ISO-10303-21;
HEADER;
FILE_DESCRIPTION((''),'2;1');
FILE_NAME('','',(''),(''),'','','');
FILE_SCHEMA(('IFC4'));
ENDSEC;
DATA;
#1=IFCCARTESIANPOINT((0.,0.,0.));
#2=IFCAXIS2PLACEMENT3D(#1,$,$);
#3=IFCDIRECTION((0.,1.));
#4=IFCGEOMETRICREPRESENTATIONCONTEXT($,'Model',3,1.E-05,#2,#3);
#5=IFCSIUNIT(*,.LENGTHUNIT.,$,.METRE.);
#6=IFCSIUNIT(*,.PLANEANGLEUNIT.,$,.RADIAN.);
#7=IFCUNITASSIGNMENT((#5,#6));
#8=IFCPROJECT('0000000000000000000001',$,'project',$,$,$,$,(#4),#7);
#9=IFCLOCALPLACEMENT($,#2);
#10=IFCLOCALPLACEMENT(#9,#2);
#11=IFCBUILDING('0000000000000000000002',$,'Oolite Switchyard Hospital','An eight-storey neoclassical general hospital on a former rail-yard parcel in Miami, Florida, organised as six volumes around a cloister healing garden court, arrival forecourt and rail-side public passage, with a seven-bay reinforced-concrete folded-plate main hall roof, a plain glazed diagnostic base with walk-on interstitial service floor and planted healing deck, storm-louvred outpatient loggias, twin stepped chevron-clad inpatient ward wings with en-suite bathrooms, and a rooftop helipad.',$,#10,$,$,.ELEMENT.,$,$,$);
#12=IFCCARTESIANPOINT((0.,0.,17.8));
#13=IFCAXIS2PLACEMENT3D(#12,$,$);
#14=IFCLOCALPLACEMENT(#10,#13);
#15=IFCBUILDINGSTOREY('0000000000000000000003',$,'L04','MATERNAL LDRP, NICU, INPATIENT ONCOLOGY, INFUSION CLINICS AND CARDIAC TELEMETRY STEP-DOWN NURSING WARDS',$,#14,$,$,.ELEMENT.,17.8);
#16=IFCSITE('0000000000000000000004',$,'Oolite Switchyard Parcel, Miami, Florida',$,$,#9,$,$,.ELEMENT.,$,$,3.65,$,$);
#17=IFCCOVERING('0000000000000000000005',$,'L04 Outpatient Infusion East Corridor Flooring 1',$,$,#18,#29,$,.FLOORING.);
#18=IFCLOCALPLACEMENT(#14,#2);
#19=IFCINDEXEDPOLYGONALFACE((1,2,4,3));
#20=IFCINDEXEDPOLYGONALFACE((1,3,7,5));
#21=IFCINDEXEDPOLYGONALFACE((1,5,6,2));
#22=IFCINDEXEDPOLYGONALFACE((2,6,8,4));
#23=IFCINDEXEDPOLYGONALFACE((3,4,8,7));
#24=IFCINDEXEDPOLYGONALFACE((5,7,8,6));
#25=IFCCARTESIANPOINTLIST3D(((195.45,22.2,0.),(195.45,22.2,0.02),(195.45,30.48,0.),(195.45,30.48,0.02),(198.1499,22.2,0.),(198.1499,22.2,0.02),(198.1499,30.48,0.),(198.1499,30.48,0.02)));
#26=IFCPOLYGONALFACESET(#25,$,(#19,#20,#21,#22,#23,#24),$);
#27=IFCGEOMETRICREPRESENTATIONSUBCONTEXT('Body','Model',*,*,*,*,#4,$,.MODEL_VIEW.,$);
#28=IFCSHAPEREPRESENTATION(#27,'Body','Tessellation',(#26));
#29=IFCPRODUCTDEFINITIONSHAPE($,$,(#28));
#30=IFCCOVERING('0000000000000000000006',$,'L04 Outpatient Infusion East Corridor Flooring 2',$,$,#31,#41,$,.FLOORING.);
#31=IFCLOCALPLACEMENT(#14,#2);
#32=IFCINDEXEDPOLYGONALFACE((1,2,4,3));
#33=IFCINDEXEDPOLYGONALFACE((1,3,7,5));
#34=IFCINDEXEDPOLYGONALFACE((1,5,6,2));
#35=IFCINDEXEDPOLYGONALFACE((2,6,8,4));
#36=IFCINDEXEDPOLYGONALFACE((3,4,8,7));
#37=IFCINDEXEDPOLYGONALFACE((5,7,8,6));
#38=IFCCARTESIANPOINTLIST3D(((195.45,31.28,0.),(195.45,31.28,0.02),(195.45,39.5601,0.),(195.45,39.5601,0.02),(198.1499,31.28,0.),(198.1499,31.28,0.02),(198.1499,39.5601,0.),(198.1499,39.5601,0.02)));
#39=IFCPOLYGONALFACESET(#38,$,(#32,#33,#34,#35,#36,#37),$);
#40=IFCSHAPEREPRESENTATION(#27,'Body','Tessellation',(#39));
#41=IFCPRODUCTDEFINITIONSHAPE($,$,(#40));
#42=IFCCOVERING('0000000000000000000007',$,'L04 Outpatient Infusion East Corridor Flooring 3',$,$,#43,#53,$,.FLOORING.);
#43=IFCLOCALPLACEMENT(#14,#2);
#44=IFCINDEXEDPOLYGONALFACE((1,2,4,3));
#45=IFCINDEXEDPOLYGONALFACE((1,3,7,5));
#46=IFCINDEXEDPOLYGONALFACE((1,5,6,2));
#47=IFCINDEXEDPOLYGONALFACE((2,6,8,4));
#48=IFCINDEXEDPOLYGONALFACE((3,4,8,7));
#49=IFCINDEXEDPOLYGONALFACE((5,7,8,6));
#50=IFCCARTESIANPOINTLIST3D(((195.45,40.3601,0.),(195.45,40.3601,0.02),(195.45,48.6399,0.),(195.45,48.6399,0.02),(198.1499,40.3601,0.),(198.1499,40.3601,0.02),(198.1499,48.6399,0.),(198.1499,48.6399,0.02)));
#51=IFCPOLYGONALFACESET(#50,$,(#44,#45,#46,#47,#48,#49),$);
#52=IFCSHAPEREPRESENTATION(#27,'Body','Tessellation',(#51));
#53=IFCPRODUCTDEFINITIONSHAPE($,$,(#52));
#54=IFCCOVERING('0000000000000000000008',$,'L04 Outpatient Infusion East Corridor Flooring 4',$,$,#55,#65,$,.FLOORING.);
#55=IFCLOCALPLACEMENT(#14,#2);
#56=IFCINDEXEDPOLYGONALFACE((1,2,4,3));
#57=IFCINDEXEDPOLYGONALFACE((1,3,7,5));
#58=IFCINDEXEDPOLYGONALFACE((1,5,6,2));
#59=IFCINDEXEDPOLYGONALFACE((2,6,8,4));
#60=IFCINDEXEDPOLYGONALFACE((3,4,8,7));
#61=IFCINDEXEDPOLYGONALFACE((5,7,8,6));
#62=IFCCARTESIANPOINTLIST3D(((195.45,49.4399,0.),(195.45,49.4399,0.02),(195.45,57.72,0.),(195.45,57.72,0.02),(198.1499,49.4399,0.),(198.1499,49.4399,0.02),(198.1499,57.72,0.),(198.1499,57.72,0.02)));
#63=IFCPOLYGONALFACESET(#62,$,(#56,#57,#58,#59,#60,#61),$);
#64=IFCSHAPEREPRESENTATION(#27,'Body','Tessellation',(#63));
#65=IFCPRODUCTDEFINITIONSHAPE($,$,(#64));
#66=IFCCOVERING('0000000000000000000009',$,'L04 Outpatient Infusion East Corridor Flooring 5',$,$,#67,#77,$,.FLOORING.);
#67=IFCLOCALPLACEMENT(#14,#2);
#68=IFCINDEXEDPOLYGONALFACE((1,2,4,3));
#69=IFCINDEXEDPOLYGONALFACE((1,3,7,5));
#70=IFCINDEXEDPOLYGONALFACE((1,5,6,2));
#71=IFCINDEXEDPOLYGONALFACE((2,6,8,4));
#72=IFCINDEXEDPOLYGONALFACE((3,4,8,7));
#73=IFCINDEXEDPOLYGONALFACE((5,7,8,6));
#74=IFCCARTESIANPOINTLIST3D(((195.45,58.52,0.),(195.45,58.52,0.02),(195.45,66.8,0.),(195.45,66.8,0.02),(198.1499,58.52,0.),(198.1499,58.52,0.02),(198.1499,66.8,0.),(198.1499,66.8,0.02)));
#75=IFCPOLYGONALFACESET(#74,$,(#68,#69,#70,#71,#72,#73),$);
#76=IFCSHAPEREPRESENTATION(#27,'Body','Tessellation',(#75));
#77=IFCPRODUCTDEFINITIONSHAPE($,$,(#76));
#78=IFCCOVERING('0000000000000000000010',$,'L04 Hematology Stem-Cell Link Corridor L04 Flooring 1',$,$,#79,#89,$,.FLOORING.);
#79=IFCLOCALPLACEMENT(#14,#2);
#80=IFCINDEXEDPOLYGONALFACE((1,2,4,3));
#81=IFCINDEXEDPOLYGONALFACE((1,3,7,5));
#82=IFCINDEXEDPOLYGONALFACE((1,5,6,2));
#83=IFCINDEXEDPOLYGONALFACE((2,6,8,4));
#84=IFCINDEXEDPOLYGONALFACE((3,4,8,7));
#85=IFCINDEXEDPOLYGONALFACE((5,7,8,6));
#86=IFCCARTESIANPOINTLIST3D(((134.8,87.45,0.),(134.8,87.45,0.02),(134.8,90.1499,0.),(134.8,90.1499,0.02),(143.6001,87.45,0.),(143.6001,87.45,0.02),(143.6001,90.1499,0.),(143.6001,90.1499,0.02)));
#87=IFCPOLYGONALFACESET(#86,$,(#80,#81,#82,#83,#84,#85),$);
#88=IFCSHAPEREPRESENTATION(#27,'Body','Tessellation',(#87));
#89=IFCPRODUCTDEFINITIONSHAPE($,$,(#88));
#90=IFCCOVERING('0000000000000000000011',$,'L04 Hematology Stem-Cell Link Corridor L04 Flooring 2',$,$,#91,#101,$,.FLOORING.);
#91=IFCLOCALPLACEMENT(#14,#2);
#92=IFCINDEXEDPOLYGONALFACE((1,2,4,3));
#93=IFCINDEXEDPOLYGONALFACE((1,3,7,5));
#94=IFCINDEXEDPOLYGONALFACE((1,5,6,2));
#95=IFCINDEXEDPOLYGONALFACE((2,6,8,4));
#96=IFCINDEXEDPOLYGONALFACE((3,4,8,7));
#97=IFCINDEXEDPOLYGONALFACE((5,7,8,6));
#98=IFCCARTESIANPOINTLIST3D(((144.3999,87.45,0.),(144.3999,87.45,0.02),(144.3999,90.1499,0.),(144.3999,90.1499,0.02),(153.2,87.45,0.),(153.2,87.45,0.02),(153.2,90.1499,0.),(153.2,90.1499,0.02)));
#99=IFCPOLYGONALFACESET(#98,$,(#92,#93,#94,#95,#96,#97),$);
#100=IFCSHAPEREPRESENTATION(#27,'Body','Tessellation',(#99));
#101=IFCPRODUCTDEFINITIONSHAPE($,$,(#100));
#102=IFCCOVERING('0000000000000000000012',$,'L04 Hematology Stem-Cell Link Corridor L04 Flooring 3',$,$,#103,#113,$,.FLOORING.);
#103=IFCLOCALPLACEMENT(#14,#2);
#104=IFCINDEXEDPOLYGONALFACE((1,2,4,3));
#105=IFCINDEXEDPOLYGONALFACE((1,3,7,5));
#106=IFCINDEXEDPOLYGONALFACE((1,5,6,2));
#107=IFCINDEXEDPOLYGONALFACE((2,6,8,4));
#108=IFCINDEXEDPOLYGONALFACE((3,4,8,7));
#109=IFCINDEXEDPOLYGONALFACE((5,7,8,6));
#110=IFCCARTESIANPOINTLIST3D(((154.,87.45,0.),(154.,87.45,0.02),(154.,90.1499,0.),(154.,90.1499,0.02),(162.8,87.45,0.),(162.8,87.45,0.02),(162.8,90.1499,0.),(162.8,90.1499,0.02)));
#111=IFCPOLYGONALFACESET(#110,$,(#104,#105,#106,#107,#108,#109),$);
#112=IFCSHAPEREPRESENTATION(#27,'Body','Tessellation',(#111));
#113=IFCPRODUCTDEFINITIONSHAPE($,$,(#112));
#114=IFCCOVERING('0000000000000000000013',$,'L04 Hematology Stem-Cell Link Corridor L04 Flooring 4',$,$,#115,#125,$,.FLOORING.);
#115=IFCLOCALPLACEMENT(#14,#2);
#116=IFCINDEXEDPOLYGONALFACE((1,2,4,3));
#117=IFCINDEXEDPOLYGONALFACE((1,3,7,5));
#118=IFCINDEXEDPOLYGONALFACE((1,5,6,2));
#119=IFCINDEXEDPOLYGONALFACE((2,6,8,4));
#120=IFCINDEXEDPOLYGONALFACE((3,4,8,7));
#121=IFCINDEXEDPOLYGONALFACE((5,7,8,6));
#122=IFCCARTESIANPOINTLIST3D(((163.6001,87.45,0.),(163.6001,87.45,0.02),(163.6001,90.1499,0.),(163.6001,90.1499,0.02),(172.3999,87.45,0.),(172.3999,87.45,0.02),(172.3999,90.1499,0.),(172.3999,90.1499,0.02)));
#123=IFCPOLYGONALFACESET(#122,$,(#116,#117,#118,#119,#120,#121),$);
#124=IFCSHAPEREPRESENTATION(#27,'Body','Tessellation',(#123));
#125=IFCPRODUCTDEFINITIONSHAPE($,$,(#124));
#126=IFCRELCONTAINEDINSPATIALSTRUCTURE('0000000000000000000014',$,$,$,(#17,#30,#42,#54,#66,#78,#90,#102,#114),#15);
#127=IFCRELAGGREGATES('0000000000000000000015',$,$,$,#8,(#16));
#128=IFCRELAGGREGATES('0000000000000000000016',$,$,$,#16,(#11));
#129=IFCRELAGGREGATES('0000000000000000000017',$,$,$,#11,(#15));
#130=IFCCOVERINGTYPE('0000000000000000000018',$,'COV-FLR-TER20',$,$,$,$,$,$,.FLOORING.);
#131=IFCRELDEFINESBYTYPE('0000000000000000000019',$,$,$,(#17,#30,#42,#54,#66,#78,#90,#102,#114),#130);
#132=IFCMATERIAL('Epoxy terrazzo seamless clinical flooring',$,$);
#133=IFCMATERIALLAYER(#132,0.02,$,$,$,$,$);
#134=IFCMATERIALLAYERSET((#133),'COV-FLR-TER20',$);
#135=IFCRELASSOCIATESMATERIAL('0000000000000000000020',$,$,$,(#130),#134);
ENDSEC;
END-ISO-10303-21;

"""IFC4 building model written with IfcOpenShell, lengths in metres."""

from ifc_helpers import new_model, si_unit, direction, frame, origin, place, context, subcontext, project, spatial, polyline, outline, extrude, material, layer, layer_set, type_object, element, save


model = new_model("IFC4")

# Units and contexts
model_context = context("Model", 3, precision=1e-05, world=origin(), true_north=direction((0.0, 1.0)))
body_context = subcontext(model_context, "Body", "Model", "MODEL_VIEW")
ifc_project = project(units=[si_unit("LENGTHUNIT", "METRE"), si_unit("PLANEANGLEUNIT", "RADIAN")], contexts=[model_context])

# Site, building, storey
site_placement = place(None, origin())
site = spatial("IfcSite", under=ifc_project, at=site_placement, Name="Oolite Switchyard Parcel, Miami, Florida", CompositionType="ELEMENT", RefElevation=3.65)
building_placement = place(site_placement, origin())
building = spatial("IfcBuilding", under=site, at=building_placement, Name="Oolite Switchyard Hospital", Description="An eight-storey neoclassical general hospital on a former rail-yard parcel in Miami, Florida, organised as six volumes around a cloister healing garden court, arrival forecourt and rail-side public passage, with a seven-bay reinforced-concrete folded-plate main hall roof, a plain glazed diagnostic base with walk-on interstitial service floor and planted healing deck, storm-louvred outpatient loggias, twin stepped chevron-clad inpatient ward wings with en-suite bathrooms, and a rooftop helipad.", CompositionType="ELEMENT")
storey_placement = place(building_placement, frame((0.0, 0.0, 17.8)))
storey = spatial("IfcBuildingStorey", under=building, at=storey_placement, Name="L04", Description="MATERNAL LDRP, NICU, INPATIENT ONCOLOGY, INFUSION CLINICS AND CARDIAC TELEMETRY STEP-DOWN NURSING WARDS", CompositionType="ELEMENT", Elevation=17.8)

# Coverings
ifc_material_1 = material(Name="Epoxy terrazzo seamless clinical flooring")
ifc_layer_1 = layer(ifc_material_1, 0.02)
ifc_layer_set_1 = layer_set([ifc_layer_1], Name="COV-FLR-TER20")
covering_type_1 = type_object("IfcCoveringType", Name="COV-FLR-TER20", PredefinedType="FLOORING", material=ifc_layer_set_1)
covering_1_placement = place(storey_placement, origin())
element("IfcCovering", 1, at=covering_1_placement, inside=storey, type_object=covering_type_1, Name="L04 Outpatient Infusion East Corridor Flooring 1", PredefinedType="FLOORING", context=body_context, shape_type="SweptSolid", body=[
    extrude(outline(polyline([(195.45, 22.2), (198.1499, 22.2), (198.1499, 30.48), (195.45, 30.48), (195.45, 22.2)])), origin(), (0.0, 0.0, 1.0), 0.02),
])
covering_2_placement = place(storey_placement, origin())
element("IfcCovering", 2, at=covering_2_placement, inside=storey, type_object=covering_type_1, Name="L04 Outpatient Infusion East Corridor Flooring 2", PredefinedType="FLOORING", context=body_context, shape_type="SweptSolid", body=[
    extrude(outline(polyline([(195.45, 31.28), (198.1499, 31.28), (198.1499, 39.5601), (195.45, 39.5601), (195.45, 31.28)])), origin(), (0.0, 0.0, 1.0), 0.02),
])
covering_3_placement = place(storey_placement, origin())
element("IfcCovering", 3, at=covering_3_placement, inside=storey, type_object=covering_type_1, Name="L04 Outpatient Infusion East Corridor Flooring 3", PredefinedType="FLOORING", context=body_context, shape_type="SweptSolid", body=[
    extrude(outline(polyline([(195.45, 40.3601), (198.1499, 40.3601), (198.1499, 48.6399), (195.45, 48.6399), (195.45, 40.3601)])), origin(), (0.0, 0.0, 1.0), 0.02),
])
covering_4_placement = place(storey_placement, origin())
element("IfcCovering", 4, at=covering_4_placement, inside=storey, type_object=covering_type_1, Name="L04 Outpatient Infusion East Corridor Flooring 4", PredefinedType="FLOORING", context=body_context, shape_type="SweptSolid", body=[
    extrude(outline(polyline([(195.45, 49.4399), (198.1499, 49.4399), (198.1499, 57.72), (195.45, 57.72), (195.45, 49.4399)])), origin(), (0.0, 0.0, 1.0), 0.02),
])
covering_5_placement = place(storey_placement, origin())
element("IfcCovering", 5, at=covering_5_placement, inside=storey, type_object=covering_type_1, Name="L04 Outpatient Infusion East Corridor Flooring 5", PredefinedType="FLOORING", context=body_context, shape_type="SweptSolid", body=[
    extrude(outline(polyline([(195.45, 58.52), (198.1499, 58.52), (198.1499, 66.8), (195.45, 66.8), (195.45, 58.52)])), origin(), (0.0, 0.0, 1.0), 0.02),
])
covering_6_placement = place(storey_placement, origin())
element("IfcCovering", 6, at=covering_6_placement, inside=storey, type_object=covering_type_1, Name="L04 Hematology Stem-Cell Link Corridor L04 Flooring 1", PredefinedType="FLOORING", context=body_context, shape_type="SweptSolid", body=[
    extrude(outline(polyline([(134.8, 87.45), (143.6001, 87.45), (143.6001, 90.1499), (134.8, 90.1499), (134.8, 87.45)])), origin(), (0.0, 0.0, 1.0), 0.02),
])
covering_7_placement = place(storey_placement, origin())
element("IfcCovering", 7, at=covering_7_placement, inside=storey, type_object=covering_type_1, Name="L04 Hematology Stem-Cell Link Corridor L04 Flooring 2", PredefinedType="FLOORING", context=body_context, shape_type="SweptSolid", body=[
    extrude(outline(polyline([(144.3999, 87.45), (153.2, 87.45), (153.2, 90.1499), (144.3999, 90.1499), (144.3999, 87.45)])), origin(), (0.0, 0.0, 1.0), 0.02),
])
covering_8_placement = place(storey_placement, origin())
element("IfcCovering", 8, at=covering_8_placement, inside=storey, type_object=covering_type_1, Name="L04 Hematology Stem-Cell Link Corridor L04 Flooring 3", PredefinedType="FLOORING", context=body_context, shape_type="SweptSolid", body=[
    extrude(outline(polyline([(154.0, 87.45), (162.8, 87.45), (162.8, 90.1499), (154.0, 90.1499), (154.0, 87.45)])), origin(), (0.0, 0.0, 1.0), 0.02),
])
covering_9_placement = place(storey_placement, origin())
element("IfcCovering", 9, at=covering_9_placement, inside=storey, type_object=covering_type_1, Name="L04 Hematology Stem-Cell Link Corridor L04 Flooring 4", PredefinedType="FLOORING", context=body_context, shape_type="SweptSolid", body=[
    extrude(outline(polyline([(163.6001, 87.45), (172.3999, 87.45), (172.3999, 90.1499), (163.6001, 90.1499), (163.6001, 87.45)])), origin(), (0.0, 0.0, 1.0), 0.02),
])

save(model, "model.ifc")
